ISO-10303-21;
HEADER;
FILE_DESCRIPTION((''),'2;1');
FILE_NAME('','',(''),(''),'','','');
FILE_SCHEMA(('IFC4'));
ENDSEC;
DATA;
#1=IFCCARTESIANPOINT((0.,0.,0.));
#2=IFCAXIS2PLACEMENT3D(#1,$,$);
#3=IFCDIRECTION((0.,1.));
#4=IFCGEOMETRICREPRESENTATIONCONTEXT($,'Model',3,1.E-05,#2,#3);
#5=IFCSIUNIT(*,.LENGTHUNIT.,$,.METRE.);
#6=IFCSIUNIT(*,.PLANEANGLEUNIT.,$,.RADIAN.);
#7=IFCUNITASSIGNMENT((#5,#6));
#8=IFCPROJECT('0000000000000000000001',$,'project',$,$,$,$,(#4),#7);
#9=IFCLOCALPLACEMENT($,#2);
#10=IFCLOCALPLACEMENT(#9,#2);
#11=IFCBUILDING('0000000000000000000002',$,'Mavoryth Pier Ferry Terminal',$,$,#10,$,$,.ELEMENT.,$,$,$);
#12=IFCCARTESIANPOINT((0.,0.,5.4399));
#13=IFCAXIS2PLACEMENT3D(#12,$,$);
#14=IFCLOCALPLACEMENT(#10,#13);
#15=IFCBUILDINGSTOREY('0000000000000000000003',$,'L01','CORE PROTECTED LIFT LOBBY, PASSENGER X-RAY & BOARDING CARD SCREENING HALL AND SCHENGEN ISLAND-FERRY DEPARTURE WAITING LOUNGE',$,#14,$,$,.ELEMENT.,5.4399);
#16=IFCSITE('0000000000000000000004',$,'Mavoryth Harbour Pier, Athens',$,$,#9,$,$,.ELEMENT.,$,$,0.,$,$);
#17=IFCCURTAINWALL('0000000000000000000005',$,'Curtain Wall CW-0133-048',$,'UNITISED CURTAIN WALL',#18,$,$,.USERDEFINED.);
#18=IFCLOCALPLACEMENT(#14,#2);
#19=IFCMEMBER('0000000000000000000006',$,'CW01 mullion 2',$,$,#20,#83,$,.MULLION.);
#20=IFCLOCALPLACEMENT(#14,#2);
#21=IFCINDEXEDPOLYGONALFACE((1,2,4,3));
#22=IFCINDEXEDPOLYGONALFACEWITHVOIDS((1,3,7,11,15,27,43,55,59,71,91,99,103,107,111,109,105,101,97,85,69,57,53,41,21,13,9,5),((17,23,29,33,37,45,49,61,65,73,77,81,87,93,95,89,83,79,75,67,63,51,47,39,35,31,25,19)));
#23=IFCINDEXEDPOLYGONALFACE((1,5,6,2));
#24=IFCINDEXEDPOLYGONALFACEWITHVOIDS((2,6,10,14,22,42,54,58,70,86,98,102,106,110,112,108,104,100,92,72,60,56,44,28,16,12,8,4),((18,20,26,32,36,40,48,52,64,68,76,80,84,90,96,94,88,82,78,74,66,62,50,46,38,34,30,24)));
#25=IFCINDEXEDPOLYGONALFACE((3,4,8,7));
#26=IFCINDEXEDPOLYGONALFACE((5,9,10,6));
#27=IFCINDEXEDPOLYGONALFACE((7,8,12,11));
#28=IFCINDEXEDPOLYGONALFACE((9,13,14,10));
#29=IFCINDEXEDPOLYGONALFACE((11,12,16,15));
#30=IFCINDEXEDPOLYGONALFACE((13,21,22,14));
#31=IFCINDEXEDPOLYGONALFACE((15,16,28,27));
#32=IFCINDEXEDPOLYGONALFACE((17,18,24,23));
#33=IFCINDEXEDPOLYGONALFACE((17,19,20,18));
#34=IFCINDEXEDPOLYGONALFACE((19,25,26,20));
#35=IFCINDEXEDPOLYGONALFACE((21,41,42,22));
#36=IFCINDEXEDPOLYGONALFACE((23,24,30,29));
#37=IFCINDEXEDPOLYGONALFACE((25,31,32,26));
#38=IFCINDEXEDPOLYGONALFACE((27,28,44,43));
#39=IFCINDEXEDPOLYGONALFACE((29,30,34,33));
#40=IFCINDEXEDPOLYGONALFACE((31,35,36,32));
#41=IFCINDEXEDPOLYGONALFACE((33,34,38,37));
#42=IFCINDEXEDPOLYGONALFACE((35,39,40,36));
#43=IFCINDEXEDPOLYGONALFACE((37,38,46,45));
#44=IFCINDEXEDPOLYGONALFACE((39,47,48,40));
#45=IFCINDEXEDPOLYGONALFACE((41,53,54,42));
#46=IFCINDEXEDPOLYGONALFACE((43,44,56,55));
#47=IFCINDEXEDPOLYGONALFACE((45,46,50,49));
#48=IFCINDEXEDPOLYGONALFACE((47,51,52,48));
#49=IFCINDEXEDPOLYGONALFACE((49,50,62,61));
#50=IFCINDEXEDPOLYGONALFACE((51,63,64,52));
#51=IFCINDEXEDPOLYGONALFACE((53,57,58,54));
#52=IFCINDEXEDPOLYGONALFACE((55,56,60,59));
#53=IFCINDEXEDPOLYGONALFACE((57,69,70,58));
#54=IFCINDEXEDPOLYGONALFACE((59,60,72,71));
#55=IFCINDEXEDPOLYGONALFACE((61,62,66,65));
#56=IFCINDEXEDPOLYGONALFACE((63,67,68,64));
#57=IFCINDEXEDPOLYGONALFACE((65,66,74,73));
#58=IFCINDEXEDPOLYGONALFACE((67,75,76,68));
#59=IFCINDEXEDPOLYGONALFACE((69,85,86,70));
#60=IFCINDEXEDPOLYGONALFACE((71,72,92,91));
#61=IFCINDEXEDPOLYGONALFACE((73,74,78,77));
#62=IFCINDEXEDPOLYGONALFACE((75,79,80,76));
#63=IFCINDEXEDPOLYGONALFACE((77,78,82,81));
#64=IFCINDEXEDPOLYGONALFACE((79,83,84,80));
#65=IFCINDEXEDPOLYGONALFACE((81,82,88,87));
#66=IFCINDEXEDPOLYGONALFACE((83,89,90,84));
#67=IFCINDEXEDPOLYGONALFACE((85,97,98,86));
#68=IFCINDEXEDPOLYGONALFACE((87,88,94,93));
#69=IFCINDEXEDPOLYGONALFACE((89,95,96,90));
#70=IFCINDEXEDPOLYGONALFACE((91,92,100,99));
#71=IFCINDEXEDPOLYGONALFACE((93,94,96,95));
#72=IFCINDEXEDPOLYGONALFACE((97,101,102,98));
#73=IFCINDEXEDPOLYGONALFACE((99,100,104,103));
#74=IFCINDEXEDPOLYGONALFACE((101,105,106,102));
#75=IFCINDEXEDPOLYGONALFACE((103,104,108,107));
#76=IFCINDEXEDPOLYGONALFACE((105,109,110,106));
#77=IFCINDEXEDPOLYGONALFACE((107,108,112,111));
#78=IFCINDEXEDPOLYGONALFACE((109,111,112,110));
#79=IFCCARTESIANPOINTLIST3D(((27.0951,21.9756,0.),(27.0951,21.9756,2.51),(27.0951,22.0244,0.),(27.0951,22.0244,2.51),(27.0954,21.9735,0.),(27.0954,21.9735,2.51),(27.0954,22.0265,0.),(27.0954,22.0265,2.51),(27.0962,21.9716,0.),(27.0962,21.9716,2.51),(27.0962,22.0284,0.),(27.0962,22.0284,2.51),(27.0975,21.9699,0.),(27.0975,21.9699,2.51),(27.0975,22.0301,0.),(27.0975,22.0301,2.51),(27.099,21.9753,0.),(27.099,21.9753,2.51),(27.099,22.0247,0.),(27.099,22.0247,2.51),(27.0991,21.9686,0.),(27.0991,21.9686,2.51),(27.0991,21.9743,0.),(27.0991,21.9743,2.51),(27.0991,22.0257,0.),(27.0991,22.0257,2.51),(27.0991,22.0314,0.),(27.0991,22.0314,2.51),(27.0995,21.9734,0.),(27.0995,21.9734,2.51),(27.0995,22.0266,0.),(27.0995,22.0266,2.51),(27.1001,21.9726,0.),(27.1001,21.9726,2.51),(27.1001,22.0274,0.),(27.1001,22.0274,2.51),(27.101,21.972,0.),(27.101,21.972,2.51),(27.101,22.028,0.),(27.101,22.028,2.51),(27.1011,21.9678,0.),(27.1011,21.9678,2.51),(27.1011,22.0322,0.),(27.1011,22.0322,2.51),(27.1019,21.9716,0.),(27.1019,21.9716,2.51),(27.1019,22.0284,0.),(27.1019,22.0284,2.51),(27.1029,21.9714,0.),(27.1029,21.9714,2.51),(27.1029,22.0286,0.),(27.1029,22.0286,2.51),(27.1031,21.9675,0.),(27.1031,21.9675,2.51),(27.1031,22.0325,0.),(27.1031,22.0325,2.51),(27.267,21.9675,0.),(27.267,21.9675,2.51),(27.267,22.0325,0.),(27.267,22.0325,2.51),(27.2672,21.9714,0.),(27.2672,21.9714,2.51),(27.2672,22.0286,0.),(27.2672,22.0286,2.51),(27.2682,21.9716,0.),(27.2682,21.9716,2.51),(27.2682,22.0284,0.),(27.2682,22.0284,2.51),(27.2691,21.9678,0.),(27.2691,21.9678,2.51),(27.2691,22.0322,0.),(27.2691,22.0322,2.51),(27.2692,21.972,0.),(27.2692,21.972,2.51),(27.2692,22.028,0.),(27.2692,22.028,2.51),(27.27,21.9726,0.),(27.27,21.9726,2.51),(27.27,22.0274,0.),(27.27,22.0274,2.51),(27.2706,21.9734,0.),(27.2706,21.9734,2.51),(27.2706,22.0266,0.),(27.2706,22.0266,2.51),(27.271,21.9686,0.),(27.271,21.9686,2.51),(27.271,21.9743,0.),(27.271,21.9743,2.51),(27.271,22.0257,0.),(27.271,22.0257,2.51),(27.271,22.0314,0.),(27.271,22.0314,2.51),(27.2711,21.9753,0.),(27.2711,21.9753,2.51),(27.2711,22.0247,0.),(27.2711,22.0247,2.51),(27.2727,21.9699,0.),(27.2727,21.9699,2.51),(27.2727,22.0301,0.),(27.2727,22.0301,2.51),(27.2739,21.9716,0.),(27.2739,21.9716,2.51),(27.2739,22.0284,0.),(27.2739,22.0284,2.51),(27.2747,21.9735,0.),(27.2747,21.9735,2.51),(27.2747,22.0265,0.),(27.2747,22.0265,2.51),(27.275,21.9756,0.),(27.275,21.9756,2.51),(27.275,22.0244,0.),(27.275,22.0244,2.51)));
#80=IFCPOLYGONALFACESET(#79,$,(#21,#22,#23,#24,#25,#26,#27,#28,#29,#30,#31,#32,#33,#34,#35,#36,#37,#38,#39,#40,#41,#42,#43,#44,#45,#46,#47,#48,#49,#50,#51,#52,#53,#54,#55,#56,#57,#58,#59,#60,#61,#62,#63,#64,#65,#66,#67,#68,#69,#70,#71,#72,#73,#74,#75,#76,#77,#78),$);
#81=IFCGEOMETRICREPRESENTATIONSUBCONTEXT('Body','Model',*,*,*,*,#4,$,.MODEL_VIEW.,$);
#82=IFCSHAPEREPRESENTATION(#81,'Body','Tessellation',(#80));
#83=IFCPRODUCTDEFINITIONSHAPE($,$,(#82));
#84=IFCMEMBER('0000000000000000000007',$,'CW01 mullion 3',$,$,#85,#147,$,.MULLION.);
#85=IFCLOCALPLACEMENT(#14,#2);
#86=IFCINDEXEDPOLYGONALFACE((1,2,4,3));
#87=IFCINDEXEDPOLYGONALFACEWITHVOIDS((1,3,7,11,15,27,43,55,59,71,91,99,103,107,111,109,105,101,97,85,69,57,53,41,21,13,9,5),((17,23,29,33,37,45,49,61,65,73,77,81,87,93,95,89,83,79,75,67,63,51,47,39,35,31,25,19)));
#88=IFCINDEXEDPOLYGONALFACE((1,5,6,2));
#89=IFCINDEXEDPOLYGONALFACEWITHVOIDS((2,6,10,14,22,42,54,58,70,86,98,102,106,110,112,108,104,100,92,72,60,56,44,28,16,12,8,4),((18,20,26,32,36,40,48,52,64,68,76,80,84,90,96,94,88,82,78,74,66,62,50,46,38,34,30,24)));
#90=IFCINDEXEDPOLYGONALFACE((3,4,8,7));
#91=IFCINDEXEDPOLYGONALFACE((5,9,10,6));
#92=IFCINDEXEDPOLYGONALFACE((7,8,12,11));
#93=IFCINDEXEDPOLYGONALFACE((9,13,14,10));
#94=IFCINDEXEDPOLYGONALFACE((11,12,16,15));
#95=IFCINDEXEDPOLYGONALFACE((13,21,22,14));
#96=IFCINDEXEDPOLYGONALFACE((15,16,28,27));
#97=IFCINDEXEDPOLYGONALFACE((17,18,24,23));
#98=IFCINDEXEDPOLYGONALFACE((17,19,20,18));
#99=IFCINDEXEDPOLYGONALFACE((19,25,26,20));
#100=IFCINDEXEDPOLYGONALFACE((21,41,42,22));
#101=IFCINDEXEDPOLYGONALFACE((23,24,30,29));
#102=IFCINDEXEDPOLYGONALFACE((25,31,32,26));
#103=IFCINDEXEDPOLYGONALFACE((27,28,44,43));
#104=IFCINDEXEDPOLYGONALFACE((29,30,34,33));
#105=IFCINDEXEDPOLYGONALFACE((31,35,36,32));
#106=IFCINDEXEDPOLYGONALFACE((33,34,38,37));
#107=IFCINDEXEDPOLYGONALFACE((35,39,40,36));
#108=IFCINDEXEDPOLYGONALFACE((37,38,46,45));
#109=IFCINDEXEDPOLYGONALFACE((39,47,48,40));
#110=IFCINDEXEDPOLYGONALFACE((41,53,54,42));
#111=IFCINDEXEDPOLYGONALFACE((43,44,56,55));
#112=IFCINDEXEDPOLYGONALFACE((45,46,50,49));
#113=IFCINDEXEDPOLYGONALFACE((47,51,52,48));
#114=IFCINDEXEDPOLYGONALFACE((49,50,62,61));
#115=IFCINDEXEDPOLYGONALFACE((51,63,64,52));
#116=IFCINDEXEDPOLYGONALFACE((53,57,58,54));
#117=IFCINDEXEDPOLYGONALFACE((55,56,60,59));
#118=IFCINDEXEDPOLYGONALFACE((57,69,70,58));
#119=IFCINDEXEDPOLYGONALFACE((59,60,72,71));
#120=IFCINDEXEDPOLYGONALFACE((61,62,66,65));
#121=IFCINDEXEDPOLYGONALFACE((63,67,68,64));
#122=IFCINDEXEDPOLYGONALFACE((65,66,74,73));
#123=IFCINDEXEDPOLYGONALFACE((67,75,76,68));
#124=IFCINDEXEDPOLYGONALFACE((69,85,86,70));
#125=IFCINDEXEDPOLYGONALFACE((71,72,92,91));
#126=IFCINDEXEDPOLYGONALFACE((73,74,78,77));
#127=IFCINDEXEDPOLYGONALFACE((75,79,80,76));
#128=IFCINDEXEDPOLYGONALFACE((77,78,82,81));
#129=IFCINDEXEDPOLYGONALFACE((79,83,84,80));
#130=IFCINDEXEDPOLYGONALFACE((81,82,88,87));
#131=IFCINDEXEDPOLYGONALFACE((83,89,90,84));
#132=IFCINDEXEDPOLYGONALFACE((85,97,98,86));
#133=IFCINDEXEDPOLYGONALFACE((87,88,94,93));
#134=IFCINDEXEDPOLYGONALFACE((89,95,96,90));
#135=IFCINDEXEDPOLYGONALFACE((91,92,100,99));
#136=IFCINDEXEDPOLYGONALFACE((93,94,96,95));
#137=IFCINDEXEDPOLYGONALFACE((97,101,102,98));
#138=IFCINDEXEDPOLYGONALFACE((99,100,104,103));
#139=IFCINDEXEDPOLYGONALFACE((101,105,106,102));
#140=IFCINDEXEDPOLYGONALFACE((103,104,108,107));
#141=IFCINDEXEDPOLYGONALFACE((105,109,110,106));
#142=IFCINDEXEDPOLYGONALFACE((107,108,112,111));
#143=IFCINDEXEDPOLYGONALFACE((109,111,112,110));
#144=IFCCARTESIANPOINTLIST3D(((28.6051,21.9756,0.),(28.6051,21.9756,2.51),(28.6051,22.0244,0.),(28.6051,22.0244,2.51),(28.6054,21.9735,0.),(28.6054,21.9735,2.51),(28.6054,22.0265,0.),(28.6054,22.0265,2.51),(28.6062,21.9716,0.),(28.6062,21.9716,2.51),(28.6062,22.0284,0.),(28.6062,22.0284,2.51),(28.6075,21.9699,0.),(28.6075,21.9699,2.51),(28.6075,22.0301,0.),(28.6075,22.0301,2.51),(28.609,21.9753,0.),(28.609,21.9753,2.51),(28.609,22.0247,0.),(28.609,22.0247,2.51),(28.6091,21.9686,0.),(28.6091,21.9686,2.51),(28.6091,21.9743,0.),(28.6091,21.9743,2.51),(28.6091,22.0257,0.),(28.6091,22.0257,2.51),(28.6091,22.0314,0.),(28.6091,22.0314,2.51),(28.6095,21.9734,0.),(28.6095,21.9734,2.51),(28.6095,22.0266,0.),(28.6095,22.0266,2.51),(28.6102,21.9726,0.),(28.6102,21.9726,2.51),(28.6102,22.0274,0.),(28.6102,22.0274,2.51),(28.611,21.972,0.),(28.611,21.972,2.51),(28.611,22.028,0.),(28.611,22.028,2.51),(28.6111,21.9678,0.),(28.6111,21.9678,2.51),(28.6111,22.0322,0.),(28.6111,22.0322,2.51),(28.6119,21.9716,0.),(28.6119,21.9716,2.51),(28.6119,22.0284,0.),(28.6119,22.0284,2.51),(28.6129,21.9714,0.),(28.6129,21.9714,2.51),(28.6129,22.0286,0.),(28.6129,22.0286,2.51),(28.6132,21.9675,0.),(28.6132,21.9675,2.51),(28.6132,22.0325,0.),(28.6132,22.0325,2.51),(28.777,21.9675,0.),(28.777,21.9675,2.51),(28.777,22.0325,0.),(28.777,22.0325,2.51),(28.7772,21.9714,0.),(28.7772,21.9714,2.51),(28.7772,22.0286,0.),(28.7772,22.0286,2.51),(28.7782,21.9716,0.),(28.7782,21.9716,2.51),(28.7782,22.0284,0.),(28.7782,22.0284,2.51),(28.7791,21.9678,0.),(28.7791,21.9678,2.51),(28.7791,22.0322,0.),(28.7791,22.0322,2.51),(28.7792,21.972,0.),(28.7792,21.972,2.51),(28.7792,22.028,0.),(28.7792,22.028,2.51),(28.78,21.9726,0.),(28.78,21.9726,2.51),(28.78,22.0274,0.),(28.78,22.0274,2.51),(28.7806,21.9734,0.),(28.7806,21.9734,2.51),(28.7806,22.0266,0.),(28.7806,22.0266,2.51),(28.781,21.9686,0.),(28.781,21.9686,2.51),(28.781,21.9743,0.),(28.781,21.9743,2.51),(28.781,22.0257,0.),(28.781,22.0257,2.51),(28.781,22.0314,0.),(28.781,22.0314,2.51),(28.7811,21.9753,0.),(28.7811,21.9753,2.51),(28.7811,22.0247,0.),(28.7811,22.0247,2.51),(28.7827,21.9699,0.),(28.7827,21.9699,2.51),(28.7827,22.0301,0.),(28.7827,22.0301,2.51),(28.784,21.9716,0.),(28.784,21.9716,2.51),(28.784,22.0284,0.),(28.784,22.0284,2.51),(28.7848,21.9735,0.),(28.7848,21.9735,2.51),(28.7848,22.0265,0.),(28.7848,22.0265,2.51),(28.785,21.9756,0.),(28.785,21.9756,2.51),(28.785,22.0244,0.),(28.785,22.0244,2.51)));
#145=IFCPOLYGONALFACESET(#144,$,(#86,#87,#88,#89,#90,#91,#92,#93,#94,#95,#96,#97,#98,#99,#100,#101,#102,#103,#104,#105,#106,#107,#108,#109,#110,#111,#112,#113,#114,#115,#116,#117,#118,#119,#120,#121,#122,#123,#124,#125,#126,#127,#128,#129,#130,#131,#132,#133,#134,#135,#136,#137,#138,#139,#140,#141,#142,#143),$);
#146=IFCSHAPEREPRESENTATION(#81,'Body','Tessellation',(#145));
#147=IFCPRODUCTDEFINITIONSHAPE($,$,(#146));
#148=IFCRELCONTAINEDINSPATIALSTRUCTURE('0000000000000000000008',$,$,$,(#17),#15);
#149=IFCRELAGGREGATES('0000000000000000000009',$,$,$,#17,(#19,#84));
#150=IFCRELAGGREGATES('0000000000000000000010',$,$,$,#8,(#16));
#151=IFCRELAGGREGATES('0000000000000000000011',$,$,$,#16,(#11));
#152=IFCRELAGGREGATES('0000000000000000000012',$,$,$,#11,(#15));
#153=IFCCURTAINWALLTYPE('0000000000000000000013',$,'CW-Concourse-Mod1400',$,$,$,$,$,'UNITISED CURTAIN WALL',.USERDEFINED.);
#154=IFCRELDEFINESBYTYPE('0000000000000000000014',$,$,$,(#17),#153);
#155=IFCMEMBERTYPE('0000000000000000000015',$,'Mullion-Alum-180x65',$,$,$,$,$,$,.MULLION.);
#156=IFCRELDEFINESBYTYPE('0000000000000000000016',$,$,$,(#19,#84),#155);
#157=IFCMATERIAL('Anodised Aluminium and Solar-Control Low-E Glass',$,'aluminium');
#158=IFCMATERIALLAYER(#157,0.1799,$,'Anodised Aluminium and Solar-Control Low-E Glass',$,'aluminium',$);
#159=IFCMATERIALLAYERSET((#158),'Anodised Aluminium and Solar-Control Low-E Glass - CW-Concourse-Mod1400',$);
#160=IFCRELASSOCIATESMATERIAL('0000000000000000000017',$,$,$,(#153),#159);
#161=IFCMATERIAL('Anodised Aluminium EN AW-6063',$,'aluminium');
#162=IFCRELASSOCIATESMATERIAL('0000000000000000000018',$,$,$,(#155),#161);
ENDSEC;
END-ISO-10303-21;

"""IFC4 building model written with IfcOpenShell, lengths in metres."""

from ifc_helpers import new_model, si_unit, direction, frame, origin, origin_2d, place, context, subcontext, project, spatial, hollow_rectangle, extrude, material, layer, layer_set, material_profile, profile_set, type_object, element, aggregate, save


model = new_model("IFC4")

# Units and contexts
model_context = context("Model", 3, precision=1e-05, world=origin(), true_north=direction((0.0, 1.0)))
body_context = subcontext(model_context, "Body", "Model", "MODEL_VIEW")
ifc_project = project(units=[si_unit("LENGTHUNIT", "METRE"), si_unit("PLANEANGLEUNIT", "RADIAN")], contexts=[model_context])

# Site, building, storey
site_placement = place(None, origin())
site = spatial("IfcSite", under=ifc_project, at=site_placement, Name="Mavoryth Harbour Pier, Athens", CompositionType="ELEMENT", RefElevation=0.0)
building_placement = place(site_placement, origin())
building = spatial("IfcBuilding", under=site, at=building_placement, Name="Mavoryth Pier Ferry Terminal", CompositionType="ELEMENT")
storey_placement = place(building_placement, frame((0.0, 0.0, 5.4399)))
storey = spatial("IfcBuildingStorey", under=building, at=storey_placement, Name="L01", Description="CORE PROTECTED LIFT LOBBY, PASSENGER X-RAY & BOARDING CARD SCREENING HALL AND SCHENGEN ISLAND-FERRY DEPARTURE WAITING LOUNGE", CompositionType="ELEMENT", Elevation=5.4399)

# Shared definitions
ifc_material_1 = material(Name="Anodised Aluminium and Solar-Control Low-E Glass", Category="aluminium")
ifc_layer_1 = layer(ifc_material_1, 0.1799, Name="Anodised Aluminium and Solar-Control Low-E Glass", Category="aluminium")
ifc_layer_set_1 = layer_set([ifc_layer_1], Name="Anodised Aluminium and Solar-Control Low-E Glass - CW-Concourse-Mod1400")
curtain_wall_type = type_object("IfcCurtainWallType", Name="CW-Concourse-Mod1400", ElementType="UNITISED CURTAIN WALL", PredefinedType="USERDEFINED", material=ifc_layer_set_1)
ifc_material_2 = material(Name="Anodised Aluminium EN AW-6063", Category="aluminium")
ifc_material_profile_1 = material_profile(ifc_material_2, hollow_rectangle(XDim=0.0649, YDim=0.1799, WallThickness=0.0039, InnerFilletRadius=0.0039, OuterFilletRadius=0.0081, at=origin_2d()), Name="AL-MULL 180x65x4", Category="aluminium")
ifc_profile_set_1 = profile_set([ifc_material_profile_1], Name="Anodised Aluminium EN AW-6063 - AL-MULL 180x65x4")
member_type_1 = type_object("IfcMemberType", Name="Mullion-Alum-180x65", PredefinedType="MULLION", material=ifc_profile_set_1)

# Curtain wall, members
curtain_wall_1_placement = place(storey_placement, origin())
curtain_wall_1 = element("IfcCurtainWall", 1, at=curtain_wall_1_placement, inside=storey, type_object=curtain_wall_type, Name="Curtain Wall CW-0133-048", ObjectType="UNITISED CURTAIN WALL", PredefinedType="USERDEFINED")
member_1_placement = place(storey_placement, frame((27.1851, 22.0, 0.0), z_axis=(0.0, 0.0, 1.0), x_axis=(0.0, 1.0, 0.0)))
member_1 = element("IfcMember", 2, at=member_1_placement, type_object=member_type_1, Name="CW01 mullion 2", PredefinedType="MULLION", context=body_context, shape_type="SweptSolid", body=[
    extrude(hollow_rectangle(XDim=0.0649, YDim=0.1799, WallThickness=0.0039, InnerFilletRadius=0.0039, OuterFilletRadius=0.0081, at=origin_2d()), origin(), (0.0, 0.0, 1.0), 2.51),
])
member_2_placement = place(storey_placement, frame((28.6951, 22.0, 0.0), z_axis=(0.0, 0.0, 1.0), x_axis=(0.0, 1.0, 0.0)))
member_2 = element("IfcMember", 3, at=member_2_placement, type_object=member_type_1, Name="CW01 mullion 3", PredefinedType="MULLION", context=body_context, shape_type="SweptSolid", body=[
    extrude(hollow_rectangle(XDim=0.0649, YDim=0.1799, WallThickness=0.0039, InnerFilletRadius=0.0039, OuterFilletRadius=0.0081, at=origin_2d()), origin(), (0.0, 0.0, 1.0), 2.51),
])

aggregate(curtain_wall_1, [member_1, member_2])

save(model, "model.ifc")
